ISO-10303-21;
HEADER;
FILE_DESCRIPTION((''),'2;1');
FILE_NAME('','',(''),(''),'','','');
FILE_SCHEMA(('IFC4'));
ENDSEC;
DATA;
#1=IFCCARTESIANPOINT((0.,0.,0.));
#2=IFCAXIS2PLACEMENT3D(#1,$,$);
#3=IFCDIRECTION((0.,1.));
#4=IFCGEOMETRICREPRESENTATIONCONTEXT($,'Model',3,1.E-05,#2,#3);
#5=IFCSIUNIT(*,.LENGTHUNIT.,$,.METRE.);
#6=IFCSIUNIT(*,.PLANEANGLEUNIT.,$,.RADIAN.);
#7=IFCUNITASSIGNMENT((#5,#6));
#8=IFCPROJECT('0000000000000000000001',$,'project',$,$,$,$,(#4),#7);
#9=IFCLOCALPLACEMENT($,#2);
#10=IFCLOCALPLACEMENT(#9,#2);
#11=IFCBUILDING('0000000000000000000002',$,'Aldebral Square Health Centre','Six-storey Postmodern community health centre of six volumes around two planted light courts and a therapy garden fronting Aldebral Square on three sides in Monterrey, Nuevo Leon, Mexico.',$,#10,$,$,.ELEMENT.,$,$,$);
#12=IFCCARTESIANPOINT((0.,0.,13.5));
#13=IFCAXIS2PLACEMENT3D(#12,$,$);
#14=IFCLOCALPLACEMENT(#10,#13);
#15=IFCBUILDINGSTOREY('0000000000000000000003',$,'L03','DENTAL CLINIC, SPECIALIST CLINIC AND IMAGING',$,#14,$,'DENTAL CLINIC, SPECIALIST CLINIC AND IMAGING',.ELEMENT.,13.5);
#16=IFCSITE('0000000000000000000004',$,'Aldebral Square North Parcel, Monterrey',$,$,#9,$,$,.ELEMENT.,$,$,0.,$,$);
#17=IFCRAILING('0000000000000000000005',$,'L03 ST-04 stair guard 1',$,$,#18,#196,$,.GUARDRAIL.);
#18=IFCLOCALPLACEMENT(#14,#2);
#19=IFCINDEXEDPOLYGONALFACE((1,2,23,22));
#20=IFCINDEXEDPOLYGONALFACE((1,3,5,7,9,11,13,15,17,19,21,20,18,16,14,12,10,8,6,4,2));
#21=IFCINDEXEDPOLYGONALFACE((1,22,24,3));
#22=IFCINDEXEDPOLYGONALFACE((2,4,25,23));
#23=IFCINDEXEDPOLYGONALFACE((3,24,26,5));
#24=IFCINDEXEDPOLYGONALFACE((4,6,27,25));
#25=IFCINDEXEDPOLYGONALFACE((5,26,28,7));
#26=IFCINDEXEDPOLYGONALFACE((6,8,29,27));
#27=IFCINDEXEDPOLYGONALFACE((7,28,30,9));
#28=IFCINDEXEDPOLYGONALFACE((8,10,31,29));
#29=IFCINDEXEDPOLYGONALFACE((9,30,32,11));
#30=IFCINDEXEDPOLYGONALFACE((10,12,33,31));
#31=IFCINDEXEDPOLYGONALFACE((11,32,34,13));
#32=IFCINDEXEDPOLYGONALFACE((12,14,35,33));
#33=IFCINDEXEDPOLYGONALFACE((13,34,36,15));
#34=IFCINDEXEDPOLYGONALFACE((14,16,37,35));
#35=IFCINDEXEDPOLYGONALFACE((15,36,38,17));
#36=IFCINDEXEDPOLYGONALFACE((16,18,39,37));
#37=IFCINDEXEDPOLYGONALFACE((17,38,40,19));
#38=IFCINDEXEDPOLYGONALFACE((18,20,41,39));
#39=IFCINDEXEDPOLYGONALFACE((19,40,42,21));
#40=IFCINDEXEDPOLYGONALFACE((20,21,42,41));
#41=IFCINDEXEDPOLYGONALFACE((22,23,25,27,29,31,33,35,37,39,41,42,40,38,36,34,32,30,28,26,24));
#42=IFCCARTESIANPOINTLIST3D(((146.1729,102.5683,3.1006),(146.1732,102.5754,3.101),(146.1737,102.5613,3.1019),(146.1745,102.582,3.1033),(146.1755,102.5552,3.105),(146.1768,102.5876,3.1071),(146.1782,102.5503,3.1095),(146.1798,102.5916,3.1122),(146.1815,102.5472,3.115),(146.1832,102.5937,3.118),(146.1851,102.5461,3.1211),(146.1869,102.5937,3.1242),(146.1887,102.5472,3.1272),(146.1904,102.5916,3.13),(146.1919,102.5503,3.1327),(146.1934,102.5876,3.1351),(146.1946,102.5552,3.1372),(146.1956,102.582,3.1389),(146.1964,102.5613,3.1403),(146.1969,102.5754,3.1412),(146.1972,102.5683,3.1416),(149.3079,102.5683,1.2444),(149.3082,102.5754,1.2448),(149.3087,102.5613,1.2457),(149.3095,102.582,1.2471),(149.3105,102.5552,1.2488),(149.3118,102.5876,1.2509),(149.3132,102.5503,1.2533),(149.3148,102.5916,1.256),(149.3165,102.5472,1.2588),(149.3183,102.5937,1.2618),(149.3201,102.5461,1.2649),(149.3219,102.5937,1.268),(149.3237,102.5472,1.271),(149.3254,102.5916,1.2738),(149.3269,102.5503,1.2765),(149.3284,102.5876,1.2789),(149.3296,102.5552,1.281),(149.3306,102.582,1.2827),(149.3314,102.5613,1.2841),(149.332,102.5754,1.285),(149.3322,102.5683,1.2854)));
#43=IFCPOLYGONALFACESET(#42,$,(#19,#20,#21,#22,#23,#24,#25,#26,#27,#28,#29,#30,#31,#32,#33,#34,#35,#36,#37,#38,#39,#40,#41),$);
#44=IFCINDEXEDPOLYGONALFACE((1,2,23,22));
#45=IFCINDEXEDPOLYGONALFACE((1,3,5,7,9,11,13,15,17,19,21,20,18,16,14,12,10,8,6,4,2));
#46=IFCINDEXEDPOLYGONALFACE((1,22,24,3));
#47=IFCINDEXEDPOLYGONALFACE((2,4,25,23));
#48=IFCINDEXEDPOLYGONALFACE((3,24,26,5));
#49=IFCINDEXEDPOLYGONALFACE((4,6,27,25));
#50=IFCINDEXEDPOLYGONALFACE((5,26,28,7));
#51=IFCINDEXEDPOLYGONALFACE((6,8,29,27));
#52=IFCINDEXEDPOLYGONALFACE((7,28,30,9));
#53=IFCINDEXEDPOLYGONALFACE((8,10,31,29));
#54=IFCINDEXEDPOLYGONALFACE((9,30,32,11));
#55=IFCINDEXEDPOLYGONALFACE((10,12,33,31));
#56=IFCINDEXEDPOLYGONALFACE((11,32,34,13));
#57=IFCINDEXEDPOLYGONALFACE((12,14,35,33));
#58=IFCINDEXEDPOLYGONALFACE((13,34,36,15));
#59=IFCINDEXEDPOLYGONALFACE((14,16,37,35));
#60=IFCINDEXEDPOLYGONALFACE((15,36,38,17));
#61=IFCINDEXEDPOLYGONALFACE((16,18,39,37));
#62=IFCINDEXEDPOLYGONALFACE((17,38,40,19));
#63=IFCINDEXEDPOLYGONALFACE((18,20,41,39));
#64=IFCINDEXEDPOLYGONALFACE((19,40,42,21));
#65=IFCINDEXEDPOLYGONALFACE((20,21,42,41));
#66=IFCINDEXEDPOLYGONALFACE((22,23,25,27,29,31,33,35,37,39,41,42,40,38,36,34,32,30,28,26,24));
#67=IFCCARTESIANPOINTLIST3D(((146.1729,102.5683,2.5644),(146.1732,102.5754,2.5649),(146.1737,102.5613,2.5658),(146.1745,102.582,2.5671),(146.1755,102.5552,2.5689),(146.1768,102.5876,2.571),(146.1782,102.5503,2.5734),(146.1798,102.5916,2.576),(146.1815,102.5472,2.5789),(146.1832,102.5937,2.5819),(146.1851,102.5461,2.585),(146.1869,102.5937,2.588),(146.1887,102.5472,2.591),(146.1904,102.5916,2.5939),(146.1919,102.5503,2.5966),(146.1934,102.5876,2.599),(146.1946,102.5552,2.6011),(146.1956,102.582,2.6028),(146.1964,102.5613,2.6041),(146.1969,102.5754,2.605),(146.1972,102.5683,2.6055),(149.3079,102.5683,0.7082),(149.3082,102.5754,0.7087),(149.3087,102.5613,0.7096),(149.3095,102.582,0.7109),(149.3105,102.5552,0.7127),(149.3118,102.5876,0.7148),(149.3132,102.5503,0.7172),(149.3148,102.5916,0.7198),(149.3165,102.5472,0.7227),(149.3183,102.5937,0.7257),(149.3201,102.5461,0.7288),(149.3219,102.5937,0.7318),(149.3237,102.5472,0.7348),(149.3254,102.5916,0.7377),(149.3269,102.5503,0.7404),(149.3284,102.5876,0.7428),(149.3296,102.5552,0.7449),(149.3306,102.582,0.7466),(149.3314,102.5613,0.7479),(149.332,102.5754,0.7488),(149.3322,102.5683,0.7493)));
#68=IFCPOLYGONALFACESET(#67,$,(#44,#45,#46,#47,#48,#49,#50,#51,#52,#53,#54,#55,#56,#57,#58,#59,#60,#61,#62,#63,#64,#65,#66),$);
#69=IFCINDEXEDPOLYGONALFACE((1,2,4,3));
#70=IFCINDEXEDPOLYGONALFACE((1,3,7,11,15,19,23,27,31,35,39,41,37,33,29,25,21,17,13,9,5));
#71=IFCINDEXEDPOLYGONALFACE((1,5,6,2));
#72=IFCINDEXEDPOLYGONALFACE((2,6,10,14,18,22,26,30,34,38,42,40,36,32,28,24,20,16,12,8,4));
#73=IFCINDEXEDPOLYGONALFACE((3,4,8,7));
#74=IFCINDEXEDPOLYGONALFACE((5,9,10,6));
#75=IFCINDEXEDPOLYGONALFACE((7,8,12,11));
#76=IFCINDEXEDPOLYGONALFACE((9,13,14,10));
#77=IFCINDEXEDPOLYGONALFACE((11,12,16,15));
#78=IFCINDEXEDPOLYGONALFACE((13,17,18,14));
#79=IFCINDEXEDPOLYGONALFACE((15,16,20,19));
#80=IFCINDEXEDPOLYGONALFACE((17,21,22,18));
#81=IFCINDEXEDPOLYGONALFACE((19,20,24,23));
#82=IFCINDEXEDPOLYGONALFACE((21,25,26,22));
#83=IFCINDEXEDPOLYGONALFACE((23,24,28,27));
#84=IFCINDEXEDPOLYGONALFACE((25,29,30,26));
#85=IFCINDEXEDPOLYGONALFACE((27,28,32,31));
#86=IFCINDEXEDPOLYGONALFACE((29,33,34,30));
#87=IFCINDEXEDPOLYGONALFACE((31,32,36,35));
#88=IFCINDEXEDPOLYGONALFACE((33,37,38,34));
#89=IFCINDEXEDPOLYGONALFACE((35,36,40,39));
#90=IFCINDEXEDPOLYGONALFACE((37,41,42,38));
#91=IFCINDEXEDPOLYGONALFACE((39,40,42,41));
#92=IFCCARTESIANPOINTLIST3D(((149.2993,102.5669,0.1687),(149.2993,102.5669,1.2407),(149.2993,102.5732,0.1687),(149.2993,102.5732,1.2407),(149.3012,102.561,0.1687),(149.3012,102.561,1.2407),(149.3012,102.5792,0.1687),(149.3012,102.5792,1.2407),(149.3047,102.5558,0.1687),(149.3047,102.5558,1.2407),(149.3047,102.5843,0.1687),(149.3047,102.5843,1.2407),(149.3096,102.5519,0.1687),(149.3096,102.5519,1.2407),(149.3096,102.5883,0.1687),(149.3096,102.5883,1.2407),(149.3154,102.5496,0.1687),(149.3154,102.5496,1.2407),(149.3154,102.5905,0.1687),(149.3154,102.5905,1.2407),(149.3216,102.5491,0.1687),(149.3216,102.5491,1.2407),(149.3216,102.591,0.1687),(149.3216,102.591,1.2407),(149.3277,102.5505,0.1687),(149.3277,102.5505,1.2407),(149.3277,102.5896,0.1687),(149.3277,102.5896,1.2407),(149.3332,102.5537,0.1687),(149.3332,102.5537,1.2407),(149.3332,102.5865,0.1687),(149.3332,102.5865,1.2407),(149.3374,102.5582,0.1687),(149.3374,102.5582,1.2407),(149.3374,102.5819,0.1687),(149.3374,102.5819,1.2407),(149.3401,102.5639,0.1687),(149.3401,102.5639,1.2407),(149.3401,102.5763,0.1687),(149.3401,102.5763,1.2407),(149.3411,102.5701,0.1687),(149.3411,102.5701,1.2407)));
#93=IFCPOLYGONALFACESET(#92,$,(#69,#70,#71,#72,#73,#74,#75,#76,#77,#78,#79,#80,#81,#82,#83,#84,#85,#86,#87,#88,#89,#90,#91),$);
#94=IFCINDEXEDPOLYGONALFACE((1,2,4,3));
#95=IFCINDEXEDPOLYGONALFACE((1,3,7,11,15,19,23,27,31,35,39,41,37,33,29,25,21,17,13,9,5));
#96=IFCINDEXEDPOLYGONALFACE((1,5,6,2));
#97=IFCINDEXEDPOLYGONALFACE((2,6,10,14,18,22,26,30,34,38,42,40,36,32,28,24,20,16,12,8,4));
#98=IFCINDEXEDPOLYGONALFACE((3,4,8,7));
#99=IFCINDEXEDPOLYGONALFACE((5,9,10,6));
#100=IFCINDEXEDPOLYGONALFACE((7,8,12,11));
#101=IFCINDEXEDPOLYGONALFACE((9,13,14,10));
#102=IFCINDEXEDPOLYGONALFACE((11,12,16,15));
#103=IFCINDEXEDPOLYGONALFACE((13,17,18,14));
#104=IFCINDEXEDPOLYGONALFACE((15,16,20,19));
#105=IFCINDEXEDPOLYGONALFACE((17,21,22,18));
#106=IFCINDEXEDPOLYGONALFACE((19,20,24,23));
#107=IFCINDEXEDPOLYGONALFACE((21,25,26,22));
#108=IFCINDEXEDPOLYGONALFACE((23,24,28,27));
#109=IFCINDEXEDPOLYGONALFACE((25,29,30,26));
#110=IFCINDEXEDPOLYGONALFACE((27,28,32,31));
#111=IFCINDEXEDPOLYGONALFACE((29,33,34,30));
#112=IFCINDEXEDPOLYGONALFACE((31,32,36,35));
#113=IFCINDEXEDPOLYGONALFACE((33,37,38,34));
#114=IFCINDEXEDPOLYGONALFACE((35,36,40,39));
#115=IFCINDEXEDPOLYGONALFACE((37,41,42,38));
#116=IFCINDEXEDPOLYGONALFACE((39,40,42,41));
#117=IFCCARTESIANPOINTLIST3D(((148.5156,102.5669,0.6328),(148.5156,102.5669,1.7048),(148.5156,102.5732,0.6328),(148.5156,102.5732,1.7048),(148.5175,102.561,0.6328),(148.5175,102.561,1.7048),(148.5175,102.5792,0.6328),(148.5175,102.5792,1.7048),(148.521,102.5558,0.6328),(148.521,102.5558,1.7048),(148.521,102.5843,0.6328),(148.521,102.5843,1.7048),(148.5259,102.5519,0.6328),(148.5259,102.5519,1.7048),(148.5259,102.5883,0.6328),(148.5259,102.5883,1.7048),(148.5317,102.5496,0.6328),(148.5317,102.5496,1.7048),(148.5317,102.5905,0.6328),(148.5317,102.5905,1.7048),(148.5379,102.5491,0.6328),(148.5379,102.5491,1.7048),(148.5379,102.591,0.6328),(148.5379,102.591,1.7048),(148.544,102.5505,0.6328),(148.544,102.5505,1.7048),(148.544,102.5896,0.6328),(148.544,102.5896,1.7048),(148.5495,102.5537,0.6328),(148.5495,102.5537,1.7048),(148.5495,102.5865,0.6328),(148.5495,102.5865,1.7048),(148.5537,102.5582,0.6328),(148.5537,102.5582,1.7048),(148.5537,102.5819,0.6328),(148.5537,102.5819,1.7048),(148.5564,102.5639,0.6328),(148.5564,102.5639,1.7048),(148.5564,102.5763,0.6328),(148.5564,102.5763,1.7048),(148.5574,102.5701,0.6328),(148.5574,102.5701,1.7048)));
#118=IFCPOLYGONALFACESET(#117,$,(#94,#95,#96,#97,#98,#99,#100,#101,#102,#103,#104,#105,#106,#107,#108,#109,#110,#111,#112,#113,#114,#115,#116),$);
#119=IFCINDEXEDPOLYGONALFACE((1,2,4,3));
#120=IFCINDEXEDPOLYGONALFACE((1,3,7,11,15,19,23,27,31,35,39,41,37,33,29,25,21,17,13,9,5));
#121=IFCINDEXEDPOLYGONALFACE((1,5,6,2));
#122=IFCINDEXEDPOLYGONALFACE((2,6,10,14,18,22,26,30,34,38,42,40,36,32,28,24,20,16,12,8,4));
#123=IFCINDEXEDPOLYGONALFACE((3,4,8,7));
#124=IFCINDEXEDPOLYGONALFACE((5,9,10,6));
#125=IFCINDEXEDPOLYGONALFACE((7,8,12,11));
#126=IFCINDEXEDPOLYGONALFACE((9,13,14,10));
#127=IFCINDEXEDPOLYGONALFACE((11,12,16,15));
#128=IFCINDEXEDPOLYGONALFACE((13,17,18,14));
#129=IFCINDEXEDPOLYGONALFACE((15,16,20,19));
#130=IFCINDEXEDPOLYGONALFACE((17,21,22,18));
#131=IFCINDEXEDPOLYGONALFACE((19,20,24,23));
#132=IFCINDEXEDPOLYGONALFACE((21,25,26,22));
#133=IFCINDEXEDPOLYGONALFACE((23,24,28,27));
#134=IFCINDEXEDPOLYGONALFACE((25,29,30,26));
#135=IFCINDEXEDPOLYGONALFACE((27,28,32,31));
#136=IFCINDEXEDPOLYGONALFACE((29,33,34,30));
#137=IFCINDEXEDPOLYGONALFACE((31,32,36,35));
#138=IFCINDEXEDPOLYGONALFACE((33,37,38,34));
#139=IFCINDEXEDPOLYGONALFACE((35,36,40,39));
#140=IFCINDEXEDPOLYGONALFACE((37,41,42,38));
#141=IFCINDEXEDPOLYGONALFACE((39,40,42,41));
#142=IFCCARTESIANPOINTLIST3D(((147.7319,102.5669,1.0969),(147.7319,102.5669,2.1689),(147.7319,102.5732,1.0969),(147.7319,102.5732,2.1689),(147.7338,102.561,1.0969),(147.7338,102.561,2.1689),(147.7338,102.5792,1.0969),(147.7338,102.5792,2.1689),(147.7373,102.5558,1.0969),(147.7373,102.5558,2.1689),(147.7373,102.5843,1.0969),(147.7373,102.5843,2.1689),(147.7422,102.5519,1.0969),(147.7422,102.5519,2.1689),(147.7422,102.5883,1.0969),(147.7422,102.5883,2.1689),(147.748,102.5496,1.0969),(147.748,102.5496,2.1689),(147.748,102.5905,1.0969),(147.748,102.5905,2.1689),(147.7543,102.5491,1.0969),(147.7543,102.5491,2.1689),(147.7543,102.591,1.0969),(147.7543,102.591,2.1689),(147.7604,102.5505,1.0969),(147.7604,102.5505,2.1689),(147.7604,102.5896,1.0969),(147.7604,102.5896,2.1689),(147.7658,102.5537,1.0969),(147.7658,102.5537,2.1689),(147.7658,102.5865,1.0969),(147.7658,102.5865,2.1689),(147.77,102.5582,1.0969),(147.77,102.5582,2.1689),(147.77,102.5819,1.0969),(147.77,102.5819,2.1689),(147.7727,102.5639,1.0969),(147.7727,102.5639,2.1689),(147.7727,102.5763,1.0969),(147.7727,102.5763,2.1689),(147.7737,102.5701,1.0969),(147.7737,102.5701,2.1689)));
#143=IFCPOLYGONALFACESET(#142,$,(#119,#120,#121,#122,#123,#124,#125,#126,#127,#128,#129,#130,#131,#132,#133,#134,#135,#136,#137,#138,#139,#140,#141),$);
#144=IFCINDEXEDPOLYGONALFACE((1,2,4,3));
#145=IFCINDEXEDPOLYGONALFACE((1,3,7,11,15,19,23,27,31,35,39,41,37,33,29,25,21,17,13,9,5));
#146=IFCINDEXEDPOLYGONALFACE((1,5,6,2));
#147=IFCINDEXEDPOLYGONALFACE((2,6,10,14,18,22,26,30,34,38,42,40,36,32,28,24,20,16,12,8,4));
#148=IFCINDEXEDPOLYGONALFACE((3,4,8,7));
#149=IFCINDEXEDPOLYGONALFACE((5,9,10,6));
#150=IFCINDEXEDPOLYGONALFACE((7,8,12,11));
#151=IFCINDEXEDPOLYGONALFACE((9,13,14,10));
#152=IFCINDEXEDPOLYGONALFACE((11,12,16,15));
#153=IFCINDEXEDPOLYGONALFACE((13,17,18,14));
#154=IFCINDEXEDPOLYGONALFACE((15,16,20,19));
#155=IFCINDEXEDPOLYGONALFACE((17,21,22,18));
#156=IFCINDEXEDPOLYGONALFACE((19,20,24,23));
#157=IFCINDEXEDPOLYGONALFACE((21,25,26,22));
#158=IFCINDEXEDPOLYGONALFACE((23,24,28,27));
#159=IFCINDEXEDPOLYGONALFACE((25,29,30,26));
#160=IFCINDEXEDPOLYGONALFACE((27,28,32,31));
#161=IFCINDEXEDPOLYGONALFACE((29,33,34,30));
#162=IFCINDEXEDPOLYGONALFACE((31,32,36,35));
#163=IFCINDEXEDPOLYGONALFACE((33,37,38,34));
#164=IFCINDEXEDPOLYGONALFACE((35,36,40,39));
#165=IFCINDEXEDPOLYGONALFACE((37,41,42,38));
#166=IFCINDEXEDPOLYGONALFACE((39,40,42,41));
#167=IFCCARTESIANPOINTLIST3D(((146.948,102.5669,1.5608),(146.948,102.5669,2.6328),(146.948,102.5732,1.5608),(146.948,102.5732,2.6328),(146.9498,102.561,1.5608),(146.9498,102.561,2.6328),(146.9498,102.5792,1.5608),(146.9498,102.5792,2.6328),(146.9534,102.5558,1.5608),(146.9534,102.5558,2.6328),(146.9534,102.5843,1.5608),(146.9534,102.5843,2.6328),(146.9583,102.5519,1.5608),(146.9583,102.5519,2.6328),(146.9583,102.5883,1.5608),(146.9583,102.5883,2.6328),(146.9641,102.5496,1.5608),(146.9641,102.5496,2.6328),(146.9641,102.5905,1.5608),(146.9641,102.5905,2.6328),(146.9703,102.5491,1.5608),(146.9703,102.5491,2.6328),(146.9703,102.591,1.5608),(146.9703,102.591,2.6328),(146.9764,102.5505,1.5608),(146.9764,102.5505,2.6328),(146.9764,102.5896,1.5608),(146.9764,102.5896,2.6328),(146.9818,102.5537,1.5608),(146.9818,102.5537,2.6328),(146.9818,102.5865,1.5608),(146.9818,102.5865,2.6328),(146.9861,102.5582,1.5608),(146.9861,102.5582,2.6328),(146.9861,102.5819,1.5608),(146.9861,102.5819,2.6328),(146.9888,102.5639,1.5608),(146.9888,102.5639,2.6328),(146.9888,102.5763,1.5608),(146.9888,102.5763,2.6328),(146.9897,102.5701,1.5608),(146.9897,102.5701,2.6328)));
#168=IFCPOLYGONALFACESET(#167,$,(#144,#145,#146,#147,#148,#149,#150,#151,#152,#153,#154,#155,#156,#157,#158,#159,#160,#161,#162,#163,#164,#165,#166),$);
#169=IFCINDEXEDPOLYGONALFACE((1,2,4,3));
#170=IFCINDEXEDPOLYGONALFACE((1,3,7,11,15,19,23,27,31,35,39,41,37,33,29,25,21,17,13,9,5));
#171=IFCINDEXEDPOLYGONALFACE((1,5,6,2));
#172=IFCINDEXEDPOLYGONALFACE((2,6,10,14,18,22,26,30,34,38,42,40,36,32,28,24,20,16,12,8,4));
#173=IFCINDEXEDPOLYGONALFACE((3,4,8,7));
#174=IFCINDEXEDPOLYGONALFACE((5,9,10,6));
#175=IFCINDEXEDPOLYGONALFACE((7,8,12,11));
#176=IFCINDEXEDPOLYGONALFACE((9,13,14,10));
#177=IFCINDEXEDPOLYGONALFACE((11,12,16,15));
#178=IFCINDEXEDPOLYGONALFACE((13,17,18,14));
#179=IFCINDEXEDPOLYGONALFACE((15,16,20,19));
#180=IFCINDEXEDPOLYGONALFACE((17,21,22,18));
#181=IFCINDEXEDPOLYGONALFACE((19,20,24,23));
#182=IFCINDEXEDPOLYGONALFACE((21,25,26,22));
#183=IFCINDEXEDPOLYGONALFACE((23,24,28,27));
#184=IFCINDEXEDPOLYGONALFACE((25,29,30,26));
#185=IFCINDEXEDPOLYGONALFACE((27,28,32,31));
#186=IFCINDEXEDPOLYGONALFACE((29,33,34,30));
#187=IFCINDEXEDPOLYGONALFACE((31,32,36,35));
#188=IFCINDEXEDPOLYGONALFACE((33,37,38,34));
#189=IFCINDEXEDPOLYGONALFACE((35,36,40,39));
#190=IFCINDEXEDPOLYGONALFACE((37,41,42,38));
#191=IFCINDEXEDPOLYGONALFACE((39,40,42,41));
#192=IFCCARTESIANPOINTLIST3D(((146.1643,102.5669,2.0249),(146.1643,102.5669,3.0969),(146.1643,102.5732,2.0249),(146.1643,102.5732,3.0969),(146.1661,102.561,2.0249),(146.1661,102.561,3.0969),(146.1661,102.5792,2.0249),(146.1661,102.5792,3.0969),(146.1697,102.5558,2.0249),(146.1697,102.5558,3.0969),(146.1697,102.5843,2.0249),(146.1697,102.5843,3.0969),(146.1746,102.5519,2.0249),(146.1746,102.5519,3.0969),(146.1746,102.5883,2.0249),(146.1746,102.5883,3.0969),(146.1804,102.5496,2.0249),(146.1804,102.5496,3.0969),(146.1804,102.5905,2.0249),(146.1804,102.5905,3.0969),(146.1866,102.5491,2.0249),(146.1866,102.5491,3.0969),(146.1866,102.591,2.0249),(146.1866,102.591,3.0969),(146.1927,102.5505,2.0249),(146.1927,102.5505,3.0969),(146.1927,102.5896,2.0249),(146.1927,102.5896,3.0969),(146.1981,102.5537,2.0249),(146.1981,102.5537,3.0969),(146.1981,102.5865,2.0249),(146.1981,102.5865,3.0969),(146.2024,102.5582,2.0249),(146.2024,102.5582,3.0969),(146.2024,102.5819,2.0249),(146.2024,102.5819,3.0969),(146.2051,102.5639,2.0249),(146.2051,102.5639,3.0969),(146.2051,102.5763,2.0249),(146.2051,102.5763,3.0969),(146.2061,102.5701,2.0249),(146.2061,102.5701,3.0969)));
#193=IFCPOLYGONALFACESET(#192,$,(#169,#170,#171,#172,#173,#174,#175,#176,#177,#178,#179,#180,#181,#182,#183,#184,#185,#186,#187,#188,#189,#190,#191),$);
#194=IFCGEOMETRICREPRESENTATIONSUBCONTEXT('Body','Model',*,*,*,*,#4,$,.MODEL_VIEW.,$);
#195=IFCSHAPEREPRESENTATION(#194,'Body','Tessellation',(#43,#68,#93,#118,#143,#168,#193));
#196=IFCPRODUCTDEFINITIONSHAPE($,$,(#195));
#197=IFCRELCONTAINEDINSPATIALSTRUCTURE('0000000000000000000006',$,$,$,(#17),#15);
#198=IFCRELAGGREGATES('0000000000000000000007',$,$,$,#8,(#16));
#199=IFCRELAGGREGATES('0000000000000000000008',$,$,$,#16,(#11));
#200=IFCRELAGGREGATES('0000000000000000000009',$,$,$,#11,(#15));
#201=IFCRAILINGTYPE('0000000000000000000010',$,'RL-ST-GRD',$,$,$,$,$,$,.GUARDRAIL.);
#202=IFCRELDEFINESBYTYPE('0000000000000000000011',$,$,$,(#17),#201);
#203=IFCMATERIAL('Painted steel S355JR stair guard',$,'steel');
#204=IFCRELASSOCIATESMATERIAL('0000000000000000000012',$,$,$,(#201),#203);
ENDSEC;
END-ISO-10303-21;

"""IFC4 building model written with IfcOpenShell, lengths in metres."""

from ifc_helpers import new_model, si_unit, direction, frame, origin, origin_2d, place, context, subcontext, project, spatial, circle, extrude, material, type_object, element, save


model = new_model("IFC4")

# Units and contexts
model_context = context("Model", 3, precision=1e-05, world=origin(), true_north=direction((0.0, 1.0)))
body_context = subcontext(model_context, "Body", "Model", "MODEL_VIEW")
ifc_project = project(units=[si_unit("LENGTHUNIT", "METRE"), si_unit("PLANEANGLEUNIT", "RADIAN")], contexts=[model_context])

# Site, building, storey
site_placement = place(None, origin())
site = spatial("IfcSite", under=ifc_project, at=site_placement, Name="Aldebral Square North Parcel, Monterrey", CompositionType="ELEMENT", RefElevation=0.0)
building_placement = place(site_placement, origin())
building = spatial("IfcBuilding", under=site, at=building_placement, Name="Aldebral Square Health Centre", Description="Six-storey Postmodern community health centre of six volumes around two planted light courts and a therapy garden fronting Aldebral Square on three sides in Monterrey, Nuevo Leon, Mexico.", CompositionType="ELEMENT")
storey_placement = place(building_placement, frame((0.0, 0.0, 13.5)))
storey = spatial("IfcBuildingStorey", under=building, at=storey_placement, Name="L03", Description="DENTAL CLINIC, SPECIALIST CLINIC AND IMAGING", LongName="DENTAL CLINIC, SPECIALIST CLINIC AND IMAGING", CompositionType="ELEMENT", Elevation=13.5)

# Railing
ifc_material_1 = material(Name="Painted steel S355JR stair guard", Category="steel")
railing_type_1 = type_object("IfcRailingType", Name="RL-ST-GRD", PredefinedType="GUARDRAIL", material=ifc_material_1)
railing_1_placement = place(storey_placement, frame((149.3201, 102.5701, 0.1687)))
element("IfcRailing", 1, at=railing_1_placement, inside=storey, type_object=railing_type_1, Name="L03 ST-04 stair guard 1", PredefinedType="GUARDRAIL", context=body_context, shape_type="SweptSolid", body=[
    extrude(circle(Radius=0.0239, at=origin_2d()), frame((0.0, 0.0, 1.0962), z_axis=(-0.860482, 0.0, 0.509481), x_axis=(0.0, -1.0, 0.0)), (0.0, 0.0, 1.0), 3.6433),
    extrude(circle(Radius=0.0239, at=origin_2d()), frame((0.0, 0.0, 0.5601), z_axis=(-0.860482, 0.0, 0.509481), x_axis=(0.0, -1.0, 0.0)), (0.0, 0.0, 1.0), 3.6433),
    extrude(circle(Radius=0.021, at=origin_2d()), origin(), (0.0, 0.0, 1.0), 1.072),
    extrude(circle(Radius=0.021, at=origin_2d()), frame((-0.7837, 0.0, 0.4641)), (0.0, 0.0, 1.0), 1.072),
    extrude(circle(Radius=0.021, at=origin_2d()), frame((-1.5674, 0.0, 0.9282)), (0.0, 0.0, 1.0), 1.072),
    extrude(circle(Radius=0.021, at=origin_2d()), frame((-2.3513, 0.0, 1.3921)), (0.0, 0.0, 1.0), 1.072),
    extrude(circle(Radius=0.021, at=origin_2d()), frame((-3.135, 0.0, 1.8562)), (0.0, 0.0, 1.0), 1.072),
])

save(model, "model.ifc")
